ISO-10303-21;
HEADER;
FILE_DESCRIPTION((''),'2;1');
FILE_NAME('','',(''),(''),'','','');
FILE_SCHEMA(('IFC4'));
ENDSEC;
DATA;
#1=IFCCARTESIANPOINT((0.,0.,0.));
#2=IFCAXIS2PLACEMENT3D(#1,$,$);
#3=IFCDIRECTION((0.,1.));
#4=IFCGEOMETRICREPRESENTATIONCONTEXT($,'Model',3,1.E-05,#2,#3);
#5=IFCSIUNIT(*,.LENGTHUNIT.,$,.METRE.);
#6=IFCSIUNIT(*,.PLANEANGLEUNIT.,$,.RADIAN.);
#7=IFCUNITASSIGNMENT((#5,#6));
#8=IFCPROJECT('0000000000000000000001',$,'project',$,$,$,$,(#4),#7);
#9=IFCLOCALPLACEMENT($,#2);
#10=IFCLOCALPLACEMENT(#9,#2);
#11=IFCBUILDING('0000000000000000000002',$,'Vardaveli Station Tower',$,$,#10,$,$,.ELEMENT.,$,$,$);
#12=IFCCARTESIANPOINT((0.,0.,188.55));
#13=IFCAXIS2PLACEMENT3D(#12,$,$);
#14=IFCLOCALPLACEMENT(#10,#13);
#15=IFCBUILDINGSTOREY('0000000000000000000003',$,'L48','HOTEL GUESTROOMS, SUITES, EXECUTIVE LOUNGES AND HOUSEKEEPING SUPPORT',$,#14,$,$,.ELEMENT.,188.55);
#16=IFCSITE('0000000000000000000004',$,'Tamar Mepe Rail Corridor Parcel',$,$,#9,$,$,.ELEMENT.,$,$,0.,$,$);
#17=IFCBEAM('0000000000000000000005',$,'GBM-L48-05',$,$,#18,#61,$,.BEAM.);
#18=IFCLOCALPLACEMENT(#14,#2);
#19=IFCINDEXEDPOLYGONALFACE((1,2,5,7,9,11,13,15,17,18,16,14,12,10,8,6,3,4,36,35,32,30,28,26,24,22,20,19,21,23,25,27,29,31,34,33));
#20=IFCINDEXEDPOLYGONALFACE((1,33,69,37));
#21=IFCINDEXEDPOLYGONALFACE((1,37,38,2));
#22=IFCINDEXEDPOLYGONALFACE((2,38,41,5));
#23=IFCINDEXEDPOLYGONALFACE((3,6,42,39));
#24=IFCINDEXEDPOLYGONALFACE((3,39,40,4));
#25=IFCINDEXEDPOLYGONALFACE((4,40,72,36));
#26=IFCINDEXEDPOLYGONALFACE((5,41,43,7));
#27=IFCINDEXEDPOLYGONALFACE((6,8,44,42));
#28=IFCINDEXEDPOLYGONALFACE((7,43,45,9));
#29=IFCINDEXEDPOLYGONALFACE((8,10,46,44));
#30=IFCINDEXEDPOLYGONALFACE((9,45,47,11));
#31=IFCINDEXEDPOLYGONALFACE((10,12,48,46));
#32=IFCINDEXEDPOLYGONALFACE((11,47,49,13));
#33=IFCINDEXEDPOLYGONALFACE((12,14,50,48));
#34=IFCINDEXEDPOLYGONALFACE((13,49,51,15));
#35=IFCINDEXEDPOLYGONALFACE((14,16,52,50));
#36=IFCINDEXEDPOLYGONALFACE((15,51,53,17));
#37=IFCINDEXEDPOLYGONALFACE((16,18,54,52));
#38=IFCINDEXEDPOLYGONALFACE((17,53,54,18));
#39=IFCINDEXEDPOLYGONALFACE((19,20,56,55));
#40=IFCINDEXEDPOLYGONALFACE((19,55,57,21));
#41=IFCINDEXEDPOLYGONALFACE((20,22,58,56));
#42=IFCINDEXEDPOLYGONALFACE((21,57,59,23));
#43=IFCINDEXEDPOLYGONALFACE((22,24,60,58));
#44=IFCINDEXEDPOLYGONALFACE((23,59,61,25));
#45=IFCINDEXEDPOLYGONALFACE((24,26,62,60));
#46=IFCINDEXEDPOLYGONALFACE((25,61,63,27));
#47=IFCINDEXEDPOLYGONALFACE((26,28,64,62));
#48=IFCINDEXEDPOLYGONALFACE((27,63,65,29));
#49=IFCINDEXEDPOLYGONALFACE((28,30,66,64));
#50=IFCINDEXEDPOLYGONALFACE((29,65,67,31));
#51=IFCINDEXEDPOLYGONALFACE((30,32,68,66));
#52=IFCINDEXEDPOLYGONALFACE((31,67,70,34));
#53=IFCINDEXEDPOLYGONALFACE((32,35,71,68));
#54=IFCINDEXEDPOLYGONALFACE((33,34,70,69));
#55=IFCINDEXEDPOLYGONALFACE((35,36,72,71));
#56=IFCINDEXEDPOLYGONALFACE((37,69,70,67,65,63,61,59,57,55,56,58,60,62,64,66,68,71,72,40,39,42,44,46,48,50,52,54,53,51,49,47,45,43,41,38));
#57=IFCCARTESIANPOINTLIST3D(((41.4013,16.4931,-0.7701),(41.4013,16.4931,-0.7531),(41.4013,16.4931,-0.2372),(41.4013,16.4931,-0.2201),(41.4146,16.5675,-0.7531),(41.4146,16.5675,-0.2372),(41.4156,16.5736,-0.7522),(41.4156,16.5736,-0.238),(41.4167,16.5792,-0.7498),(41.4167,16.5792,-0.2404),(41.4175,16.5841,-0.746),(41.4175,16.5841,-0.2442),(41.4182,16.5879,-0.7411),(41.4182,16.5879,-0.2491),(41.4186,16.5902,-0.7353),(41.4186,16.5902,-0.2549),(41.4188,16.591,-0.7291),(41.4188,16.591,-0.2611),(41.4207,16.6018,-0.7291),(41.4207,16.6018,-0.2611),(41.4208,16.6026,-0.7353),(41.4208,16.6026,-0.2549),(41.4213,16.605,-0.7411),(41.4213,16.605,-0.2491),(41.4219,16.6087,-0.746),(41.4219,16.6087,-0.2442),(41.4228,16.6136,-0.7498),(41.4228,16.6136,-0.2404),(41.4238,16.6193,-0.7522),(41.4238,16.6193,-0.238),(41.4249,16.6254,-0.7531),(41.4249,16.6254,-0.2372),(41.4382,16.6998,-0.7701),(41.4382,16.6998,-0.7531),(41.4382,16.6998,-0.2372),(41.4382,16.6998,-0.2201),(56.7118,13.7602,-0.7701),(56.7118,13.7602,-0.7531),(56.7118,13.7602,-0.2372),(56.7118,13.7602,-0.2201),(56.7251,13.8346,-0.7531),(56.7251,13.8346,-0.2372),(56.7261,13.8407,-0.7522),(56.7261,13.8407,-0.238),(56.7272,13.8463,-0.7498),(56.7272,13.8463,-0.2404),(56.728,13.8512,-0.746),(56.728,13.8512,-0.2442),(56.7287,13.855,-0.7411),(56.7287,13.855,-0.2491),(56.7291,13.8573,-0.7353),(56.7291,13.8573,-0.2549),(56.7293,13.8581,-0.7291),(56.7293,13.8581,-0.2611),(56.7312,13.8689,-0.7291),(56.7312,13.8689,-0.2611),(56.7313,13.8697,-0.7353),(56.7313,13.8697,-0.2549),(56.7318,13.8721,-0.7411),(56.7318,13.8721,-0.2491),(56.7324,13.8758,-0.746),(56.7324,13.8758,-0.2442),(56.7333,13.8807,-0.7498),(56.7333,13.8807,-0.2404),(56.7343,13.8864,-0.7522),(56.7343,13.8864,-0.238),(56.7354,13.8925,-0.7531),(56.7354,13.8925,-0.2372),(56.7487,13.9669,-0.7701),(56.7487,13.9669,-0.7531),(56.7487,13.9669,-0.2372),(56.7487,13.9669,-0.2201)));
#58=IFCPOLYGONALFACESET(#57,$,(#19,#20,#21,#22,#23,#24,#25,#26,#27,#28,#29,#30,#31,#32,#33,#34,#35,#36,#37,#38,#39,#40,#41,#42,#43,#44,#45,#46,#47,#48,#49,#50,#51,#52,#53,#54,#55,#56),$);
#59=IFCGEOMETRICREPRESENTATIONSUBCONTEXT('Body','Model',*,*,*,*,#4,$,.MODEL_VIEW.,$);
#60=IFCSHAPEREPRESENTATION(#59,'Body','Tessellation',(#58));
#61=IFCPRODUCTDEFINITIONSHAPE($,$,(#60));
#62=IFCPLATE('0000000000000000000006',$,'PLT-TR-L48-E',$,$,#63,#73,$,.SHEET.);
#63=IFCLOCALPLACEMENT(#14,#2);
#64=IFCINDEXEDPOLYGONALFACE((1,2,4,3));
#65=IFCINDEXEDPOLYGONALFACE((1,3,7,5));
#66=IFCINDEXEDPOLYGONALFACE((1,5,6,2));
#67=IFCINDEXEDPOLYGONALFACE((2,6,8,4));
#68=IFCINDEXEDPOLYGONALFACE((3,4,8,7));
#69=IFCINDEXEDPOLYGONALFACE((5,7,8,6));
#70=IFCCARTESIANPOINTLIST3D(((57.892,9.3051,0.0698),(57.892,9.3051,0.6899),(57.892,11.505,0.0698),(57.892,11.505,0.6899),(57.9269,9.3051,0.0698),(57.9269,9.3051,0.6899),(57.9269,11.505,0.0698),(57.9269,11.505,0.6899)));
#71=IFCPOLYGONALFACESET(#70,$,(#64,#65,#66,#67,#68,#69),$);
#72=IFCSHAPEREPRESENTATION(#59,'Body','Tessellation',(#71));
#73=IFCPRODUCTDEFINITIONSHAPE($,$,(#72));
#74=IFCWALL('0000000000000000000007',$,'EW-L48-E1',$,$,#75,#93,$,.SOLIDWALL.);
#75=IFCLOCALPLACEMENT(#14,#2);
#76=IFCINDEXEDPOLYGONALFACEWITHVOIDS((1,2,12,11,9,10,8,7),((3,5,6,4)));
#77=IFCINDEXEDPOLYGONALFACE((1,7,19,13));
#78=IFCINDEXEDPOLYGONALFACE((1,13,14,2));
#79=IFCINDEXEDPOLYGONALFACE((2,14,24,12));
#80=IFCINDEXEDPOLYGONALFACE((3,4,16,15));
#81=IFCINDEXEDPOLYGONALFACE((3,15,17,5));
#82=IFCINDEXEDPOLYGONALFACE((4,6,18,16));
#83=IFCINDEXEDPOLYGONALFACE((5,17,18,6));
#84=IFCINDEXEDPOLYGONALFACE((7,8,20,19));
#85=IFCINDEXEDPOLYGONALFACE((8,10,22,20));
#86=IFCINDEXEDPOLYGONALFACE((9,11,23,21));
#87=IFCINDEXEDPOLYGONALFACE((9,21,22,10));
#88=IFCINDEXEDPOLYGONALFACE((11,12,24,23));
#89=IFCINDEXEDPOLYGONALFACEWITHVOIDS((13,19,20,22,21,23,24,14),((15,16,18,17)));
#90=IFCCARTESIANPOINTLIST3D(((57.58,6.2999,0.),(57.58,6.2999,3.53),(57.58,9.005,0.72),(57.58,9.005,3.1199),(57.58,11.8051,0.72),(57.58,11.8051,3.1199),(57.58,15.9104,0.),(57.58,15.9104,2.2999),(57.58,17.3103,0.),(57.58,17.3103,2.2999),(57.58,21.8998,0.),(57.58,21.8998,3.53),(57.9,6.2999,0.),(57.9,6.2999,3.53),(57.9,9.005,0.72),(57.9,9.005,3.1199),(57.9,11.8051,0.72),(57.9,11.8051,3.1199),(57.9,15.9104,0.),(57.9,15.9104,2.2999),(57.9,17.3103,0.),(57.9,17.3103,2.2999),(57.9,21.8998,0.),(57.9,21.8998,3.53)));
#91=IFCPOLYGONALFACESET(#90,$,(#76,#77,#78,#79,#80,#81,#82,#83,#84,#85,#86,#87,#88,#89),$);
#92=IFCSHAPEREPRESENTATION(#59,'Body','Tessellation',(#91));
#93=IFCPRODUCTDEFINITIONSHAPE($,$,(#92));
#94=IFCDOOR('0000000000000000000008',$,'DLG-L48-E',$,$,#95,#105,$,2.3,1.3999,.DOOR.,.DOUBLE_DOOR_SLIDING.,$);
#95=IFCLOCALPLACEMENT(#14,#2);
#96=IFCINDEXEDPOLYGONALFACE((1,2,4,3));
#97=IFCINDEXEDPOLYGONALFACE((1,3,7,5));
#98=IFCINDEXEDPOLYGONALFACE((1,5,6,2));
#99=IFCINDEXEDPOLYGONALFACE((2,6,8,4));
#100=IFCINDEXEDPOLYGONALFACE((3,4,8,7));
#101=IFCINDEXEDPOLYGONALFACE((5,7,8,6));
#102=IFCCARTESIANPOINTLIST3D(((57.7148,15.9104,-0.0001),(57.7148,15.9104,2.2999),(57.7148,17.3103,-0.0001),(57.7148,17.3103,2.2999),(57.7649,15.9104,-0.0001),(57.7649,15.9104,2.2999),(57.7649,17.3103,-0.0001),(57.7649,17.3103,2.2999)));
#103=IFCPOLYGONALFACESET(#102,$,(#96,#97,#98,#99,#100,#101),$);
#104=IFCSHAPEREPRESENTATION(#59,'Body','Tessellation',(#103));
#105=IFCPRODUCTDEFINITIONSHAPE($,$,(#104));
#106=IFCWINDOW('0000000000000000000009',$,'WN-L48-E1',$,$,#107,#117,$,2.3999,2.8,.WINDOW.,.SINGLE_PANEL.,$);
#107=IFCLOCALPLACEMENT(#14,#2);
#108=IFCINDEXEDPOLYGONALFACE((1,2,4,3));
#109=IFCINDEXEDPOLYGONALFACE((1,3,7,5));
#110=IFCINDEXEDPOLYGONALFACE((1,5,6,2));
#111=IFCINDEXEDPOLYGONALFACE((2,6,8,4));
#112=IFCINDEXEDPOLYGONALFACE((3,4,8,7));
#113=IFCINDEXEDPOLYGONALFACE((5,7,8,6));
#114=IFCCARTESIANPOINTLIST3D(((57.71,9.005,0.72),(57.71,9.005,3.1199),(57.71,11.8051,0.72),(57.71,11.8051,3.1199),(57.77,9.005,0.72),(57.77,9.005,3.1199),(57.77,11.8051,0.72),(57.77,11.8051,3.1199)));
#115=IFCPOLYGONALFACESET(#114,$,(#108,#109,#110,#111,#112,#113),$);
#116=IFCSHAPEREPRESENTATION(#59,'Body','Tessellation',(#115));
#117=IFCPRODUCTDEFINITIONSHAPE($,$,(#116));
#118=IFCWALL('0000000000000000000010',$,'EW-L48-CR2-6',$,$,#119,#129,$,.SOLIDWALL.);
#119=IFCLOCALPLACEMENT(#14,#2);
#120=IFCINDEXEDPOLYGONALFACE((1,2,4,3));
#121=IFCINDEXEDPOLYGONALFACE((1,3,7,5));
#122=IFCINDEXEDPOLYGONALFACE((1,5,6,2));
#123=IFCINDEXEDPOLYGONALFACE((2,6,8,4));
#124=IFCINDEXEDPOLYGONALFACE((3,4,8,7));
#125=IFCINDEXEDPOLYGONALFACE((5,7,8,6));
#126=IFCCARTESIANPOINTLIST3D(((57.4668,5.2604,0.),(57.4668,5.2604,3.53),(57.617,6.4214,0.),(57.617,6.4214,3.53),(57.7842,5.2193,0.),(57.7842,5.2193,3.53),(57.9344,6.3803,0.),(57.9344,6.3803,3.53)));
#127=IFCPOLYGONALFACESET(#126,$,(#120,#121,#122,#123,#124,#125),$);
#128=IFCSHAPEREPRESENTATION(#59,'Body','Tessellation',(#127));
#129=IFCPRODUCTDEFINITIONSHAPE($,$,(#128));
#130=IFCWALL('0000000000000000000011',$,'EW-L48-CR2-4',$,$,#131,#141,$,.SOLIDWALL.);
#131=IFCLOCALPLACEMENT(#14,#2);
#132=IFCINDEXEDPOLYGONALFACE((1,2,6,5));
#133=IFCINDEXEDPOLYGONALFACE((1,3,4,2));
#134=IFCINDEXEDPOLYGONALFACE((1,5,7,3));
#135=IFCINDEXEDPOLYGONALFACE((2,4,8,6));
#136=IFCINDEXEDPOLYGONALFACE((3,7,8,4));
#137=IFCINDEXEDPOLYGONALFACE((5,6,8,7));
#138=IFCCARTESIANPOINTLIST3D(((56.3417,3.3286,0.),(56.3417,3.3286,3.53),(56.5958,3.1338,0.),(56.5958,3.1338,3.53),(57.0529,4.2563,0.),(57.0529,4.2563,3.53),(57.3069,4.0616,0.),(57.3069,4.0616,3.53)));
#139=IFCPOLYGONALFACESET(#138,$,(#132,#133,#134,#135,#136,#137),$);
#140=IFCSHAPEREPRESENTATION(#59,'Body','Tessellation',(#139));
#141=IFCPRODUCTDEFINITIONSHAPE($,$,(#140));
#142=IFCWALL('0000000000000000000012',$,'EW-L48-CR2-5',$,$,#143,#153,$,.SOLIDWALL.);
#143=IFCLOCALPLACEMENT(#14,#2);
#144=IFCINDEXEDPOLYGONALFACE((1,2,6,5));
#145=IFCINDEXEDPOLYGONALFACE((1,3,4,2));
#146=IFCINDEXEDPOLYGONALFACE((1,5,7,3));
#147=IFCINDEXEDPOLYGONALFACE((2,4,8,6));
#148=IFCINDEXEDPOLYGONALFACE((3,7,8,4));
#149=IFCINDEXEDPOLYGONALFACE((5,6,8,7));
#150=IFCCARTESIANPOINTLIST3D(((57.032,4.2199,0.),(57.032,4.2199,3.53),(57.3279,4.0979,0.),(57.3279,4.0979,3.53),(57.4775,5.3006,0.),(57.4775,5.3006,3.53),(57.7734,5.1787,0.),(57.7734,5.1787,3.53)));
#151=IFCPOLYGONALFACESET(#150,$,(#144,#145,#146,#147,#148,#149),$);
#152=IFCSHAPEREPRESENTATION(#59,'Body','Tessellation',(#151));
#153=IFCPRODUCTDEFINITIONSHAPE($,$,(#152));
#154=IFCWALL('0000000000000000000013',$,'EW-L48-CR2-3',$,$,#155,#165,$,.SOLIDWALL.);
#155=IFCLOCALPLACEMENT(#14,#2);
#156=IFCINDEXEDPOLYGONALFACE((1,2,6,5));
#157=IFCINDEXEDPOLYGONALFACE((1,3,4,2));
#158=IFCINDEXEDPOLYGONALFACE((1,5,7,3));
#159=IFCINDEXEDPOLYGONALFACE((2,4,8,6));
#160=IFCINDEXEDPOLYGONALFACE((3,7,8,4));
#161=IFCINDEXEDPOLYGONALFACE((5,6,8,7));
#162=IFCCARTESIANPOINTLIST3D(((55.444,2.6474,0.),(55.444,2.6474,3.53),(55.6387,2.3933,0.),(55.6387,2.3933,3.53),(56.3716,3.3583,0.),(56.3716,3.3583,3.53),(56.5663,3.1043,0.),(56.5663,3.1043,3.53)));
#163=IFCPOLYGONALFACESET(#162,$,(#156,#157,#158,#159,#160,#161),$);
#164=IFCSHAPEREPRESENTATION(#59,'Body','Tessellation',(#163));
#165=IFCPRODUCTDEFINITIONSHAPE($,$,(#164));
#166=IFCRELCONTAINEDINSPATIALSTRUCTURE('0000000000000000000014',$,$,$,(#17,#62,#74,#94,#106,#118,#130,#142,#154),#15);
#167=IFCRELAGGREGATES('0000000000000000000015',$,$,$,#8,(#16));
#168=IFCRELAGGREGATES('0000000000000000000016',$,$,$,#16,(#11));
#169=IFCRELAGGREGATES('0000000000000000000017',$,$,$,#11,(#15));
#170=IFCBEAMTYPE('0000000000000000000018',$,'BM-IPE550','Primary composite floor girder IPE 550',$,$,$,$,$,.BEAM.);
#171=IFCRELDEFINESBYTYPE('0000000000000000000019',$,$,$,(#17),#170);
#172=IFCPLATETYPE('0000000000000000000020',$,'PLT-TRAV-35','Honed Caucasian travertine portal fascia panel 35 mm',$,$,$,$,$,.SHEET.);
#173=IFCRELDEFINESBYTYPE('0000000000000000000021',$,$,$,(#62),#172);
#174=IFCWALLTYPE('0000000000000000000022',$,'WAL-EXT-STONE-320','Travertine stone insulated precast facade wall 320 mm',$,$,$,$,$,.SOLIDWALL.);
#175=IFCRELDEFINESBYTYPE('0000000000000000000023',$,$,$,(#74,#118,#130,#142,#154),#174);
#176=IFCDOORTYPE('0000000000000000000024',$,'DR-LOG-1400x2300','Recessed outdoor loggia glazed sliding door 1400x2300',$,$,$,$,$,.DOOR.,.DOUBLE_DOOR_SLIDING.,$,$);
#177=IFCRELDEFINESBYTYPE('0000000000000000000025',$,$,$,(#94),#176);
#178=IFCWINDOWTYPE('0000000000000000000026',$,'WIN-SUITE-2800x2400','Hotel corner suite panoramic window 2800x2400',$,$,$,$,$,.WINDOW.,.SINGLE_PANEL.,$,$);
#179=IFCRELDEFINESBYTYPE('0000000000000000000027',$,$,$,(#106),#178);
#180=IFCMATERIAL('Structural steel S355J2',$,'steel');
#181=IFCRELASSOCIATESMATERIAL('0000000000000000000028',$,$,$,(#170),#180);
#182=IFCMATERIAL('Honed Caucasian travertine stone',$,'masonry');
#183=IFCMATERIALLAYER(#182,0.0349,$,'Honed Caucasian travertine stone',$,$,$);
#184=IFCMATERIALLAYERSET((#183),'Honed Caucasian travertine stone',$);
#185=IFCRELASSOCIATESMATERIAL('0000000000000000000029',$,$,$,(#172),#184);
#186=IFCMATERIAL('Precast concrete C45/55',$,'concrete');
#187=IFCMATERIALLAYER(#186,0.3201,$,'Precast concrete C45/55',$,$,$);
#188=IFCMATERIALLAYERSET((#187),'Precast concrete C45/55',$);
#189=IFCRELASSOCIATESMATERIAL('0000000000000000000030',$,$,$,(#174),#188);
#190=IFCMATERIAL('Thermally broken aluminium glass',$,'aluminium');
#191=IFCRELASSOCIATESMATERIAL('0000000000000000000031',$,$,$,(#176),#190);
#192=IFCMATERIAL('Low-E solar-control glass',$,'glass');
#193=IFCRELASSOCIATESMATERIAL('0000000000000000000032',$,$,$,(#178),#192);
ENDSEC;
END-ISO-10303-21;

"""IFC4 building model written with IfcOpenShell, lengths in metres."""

from ifc_helpers import new_model, si_unit, direction, frame, frame_2d, origin, origin_2d, place, context, subcontext, project, spatial, rectangle, i_section, extrude, source, transform, mapped, material, layer, layer_set, material_profile, profile_set, type_object, element, fill, save


model = new_model("IFC4")

# Units and contexts
model_context = context("Model", 3, precision=1e-05, world=origin(), true_north=direction((0.0, 1.0)))
body_context = subcontext(model_context, "Body", "Model", "MODEL_VIEW")
ifc_project = project(units=[si_unit("LENGTHUNIT", "METRE"), si_unit("PLANEANGLEUNIT", "RADIAN")], contexts=[model_context])

# Site, building, storey
site_placement = place(None, origin())
site = spatial("IfcSite", under=ifc_project, at=site_placement, Name="Tamar Mepe Rail Corridor Parcel", CompositionType="ELEMENT", RefElevation=0.0)
building_placement = place(site_placement, origin())
building = spatial("IfcBuilding", under=site, at=building_placement, Name="Vardaveli Station Tower", CompositionType="ELEMENT")
storey_placement = place(building_placement, frame((0.0, 0.0, 188.55)))
storey = spatial("IfcBuildingStorey", under=building, at=storey_placement, Name="L48", Description="HOTEL GUESTROOMS, SUITES, EXECUTIVE LOUNGES AND HOUSEKEEPING SUPPORT", CompositionType="ELEMENT", Elevation=188.55)

# Beam
ifc_material_1 = material(Name="Precast concrete C45/55", Category="concrete")
ifc_material_2 = material(Name="Structural steel S355J2", Category="steel")
ifc_material_profile_1 = material_profile(ifc_material_2, i_section(OverallWidth=0.21, OverallDepth=0.55, WebThickness=0.011, FlangeThickness=0.0171, FilletRadius=0.0239, at=origin_2d()), Name="IPE 550")
ifc_profile_set_1 = profile_set([ifc_material_profile_1], Name="Structural steel S355J2")
beam_type_1 = type_object("IfcBeamType", Name="BM-IPE550", Description="Primary composite floor girder IPE 550", PredefinedType="BEAM", material=ifc_profile_set_1)
shared_shape_1 = source(origin(), body_context, "Body", "SweptSolid", [
    extrude(i_section(OverallWidth=0.21, OverallDepth=0.55, WebThickness=0.011, FlangeThickness=0.0171, FilletRadius=0.0239, at=origin_2d()), origin(), (0.0, 0.0, 1.0), 15.5525),
])
beam_1_placement = place(storey_placement, frame((56.7302, 13.8635, -0.4951), z_axis=(-0.98444, 0.175721, 0.0), x_axis=(-0.175721, -0.98444, 0.0)))
element("IfcBeam", 1, at=beam_1_placement, inside=storey, type_object=beam_type_1, Name="GBM-L48-05", PredefinedType="BEAM", context=body_context, shape_type="MappedRepresentation", body=[
    mapped(shared_shape_1, transform((0.0, 0.0, 0.0), scale=1.0)),
])

# Plate
ifc_material_3 = material(Name="Honed Caucasian travertine stone", Category="masonry")
ifc_layer_1 = layer(ifc_material_3, 0.0349, Name="Honed Caucasian travertine stone")
ifc_layer_set_1 = layer_set([ifc_layer_1], Name="Honed Caucasian travertine stone")
plate_type = type_object("IfcPlateType", Name="PLT-TRAV-35", Description="Honed Caucasian travertine portal fascia panel 35 mm", PredefinedType="SHEET", material=ifc_layer_set_1)
shared_shape_2 = source(origin(), body_context, "Body", "SweptSolid", [
    extrude(rectangle(XDim=2.2, YDim=0.0349, at=origin_2d()), origin(), (0.0, 0.0, 1.0), 0.6201),
])
plate_placement = place(storey_placement, frame((57.9094, 10.405, 0.0698), z_axis=(0.0, 0.0, 1.0), x_axis=(0.0, 1.0, 0.0)))
element("IfcPlate", 2, at=plate_placement, inside=storey, type_object=plate_type, Name="PLT-TR-L48-E", PredefinedType="SHEET", context=body_context, shape_type="MappedRepresentation", body=[
    mapped(shared_shape_2, transform((0.0, 0.0, 0.0), scale=1.0)),
])

# Wall, openings, door, window
ifc_layer_2 = layer(ifc_material_1, 0.3201, Name="Precast concrete C45/55")
ifc_layer_set_2 = layer_set([ifc_layer_2], Name="Precast concrete C45/55")
wall_type_1 = type_object("IfcWallType", Name="WAL-EXT-STONE-320", Description="Travertine stone insulated precast facade wall 320 mm", PredefinedType="SOLIDWALL", material=ifc_layer_set_2)
shared_shape_3 = source(origin(), body_context, "Body", "SweptSolid", [
    extrude(rectangle(XDim=15.5999, YDim=0.3201, at=frame_2d((7.7998, 0.0))), origin(), (0.0, 0.0, 1.0), 3.53),
])
wall_1_placement = place(storey_placement, frame((57.74, 6.3, 0.0), z_axis=(0.0, 0.0, 1.0), x_axis=(0.0, 1.0, 0.0)))
wall_1 = element("IfcWall", 3, at=wall_1_placement, inside=storey, type_object=wall_type_1, Name="EW-L48-E1", PredefinedType="SOLIDWALL", context=body_context, shape_type="MappedRepresentation", body=[
    mapped(shared_shape_3, transform((0.0, 0.0, 0.0), scale=1.0)),
])
shared_shape_4 = source(origin(), body_context, "Body", "SweptSolid", [
    extrude(rectangle(XDim=1.3999, YDim=2.3, at=frame_2d((0.7, 1.1499))), frame((0.0, 0.1699, 0.0), z_axis=(0.0, -1.0, 0.0), x_axis=(1.0, 0.0, 0.0)), (0.0, 0.0, 1.0), 0.3401),
])
opening_1_placement = place(wall_1_placement, frame((9.6104, 0.0, 0.0)))
opening_1 = element("IfcOpeningElement", 4, at=opening_1_placement, cuts=wall_1, PredefinedType="OPENING", context=body_context, shape_type="MappedRepresentation", body=[
    mapped(shared_shape_4, transform((0.0, 0.0, 0.0), scale=1.0)),
])
shared_shape_5 = source(origin(), body_context, "Body", "SweptSolid", [
    extrude(rectangle(XDim=2.8, YDim=2.3999, at=frame_2d((1.3999, 1.2))), frame((0.0, 0.1699, 0.0), z_axis=(0.0, -1.0, 0.0), x_axis=(1.0, 0.0, 0.0)), (0.0, 0.0, 1.0), 0.3401),
])
opening_2_placement = place(wall_1_placement, frame((2.7051, 0.0, 0.72)))
opening_2 = element("IfcOpeningElement", 5, at=opening_2_placement, cuts=wall_1, PredefinedType="OPENING", context=body_context, shape_type="MappedRepresentation", body=[
    mapped(shared_shape_5, transform((0.0, 0.0, 0.0), scale=1.0)),
])
ifc_material_4 = material(Name="Thermally broken aluminium glass", Category="aluminium")
door_type_1 = type_object("IfcDoorType", Name="DR-LOG-1400x2300", Description="Recessed outdoor loggia glazed sliding door 1400x2300", OperationType="DOUBLE_DOOR_SLIDING", PredefinedType="DOOR", material=ifc_material_4)
shared_shape_6 = source(origin(), body_context, "Body", "SweptSolid", [
    extrude(rectangle(XDim=1.3999, YDim=2.3, at=frame_2d((0.7, 1.1499))), frame((0.0, 0.0249, 0.0), z_axis=(0.0, -1.0, 0.0), x_axis=(1.0, 0.0, 0.0)), (0.0, 0.0, 1.0), 0.05),
])
door_1_placement = place(opening_1_placement, frame((1.3999, 0.0, 0.0), z_axis=(0.0, 0.0, 1.0), x_axis=(-1.0, 0.0, 0.0)))
door_1 = element("IfcDoor", 6, at=door_1_placement, inside=storey, type_object=door_type_1, Name="DLG-L48-E", OperationType="DOUBLE_DOOR_SLIDING", OverallHeight=2.3, OverallWidth=1.3999, PredefinedType="DOOR", context=body_context, shape_type="MappedRepresentation", body=[
    mapped(shared_shape_6, transform((0.0, 0.0, 0.0), scale=1.0)),
])
fill(opening_1, door_1)
ifc_material_5 = material(Name="Low-E solar-control glass", Category="glass")
window_type = type_object("IfcWindowType", Name="WIN-SUITE-2800x2400", Description="Hotel corner suite panoramic window 2800x2400", PartitioningType="SINGLE_PANEL", PredefinedType="WINDOW", material=ifc_material_5)
shared_shape_7 = source(origin(), body_context, "Body", "SweptSolid", [
    extrude(rectangle(XDim=2.8, YDim=2.3999, at=frame_2d((1.3999, 1.2))), frame((0.0, 0.03, 0.0), z_axis=(0.0, -1.0, 0.0), x_axis=(1.0, 0.0, 0.0)), (0.0, 0.0, 1.0), 0.0601),
])
window_placement = place(opening_2_placement, origin())
window = element("IfcWindow", 7, at=window_placement, inside=storey, type_object=window_type, Name="WN-L48-E1", OverallHeight=2.3999, OverallWidth=2.8, PartitioningType="SINGLE_PANEL", PredefinedType="WINDOW", context=body_context, shape_type="MappedRepresentation", body=[
    mapped(shared_shape_7, transform((0.0, 0.0, 0.0), scale=1.0)),
])
fill(opening_2, window)

# Walls
shared_shape_8 = source(origin(), body_context, "Body", "SweptSolid", [
    extrude(rectangle(XDim=1.1707, YDim=0.3201, at=frame_2d((0.5854, 0.0))), origin(), (0.0, 0.0, 1.0), 3.53),
])
wall_2_placement = place(storey_placement, frame((57.6255, 5.2397, 0.0), z_axis=(0.0, 0.0, 1.0), x_axis=(0.128269, 0.991739, 0.0)))
element("IfcWall", 8, at=wall_2_placement, inside=storey, type_object=wall_type_1, Name="EW-L48-CR2-6", PredefinedType="SOLIDWALL", context=body_context, shape_type="MappedRepresentation", body=[
    mapped(shared_shape_8, transform((0.0, 0.0, 0.0), scale=1.0)),
])
shared_shape_9 = source(origin(), body_context, "Body", "SweptSolid", [
    extrude(rectangle(XDim=1.1689, YDim=0.3201, at=frame_2d((0.5845, 0.0))), origin(), (0.0, 0.0, 1.0), 3.53),
])
for number, where, z_axis, x_axis, name in (
    (9, (56.4688, 3.2312, 0.0), (0.0, 0.0, 1.0), (0.608388, 0.79364, 0.0), "EW-L48-CR2-4"),
    (10, (57.1799, 4.1589, 0.0), (0.0, 0.0, 1.0), (0.381128, 0.924522, 0.0), "EW-L48-CR2-5"),
):
    element("IfcWall", number, at=place(storey_placement, frame(where, z_axis=z_axis, x_axis=x_axis)), inside=storey, type_object=wall_type_1, Name=name, PredefinedType="SOLIDWALL", context=body_context, shape_type="MappedRepresentation", body=[
        mapped(shared_shape_9, transform((0.0, 0.0, 0.0), scale=1.0)),
    ])
shared_shape_10 = source(origin(), body_context, "Body", "SweptSolid", [
    extrude(rectangle(XDim=1.1687, YDim=0.3201, at=frame_2d((0.5845, 0.0))), origin(), (0.0, 0.0, 1.0), 3.53),
])
wall_3_placement = place(storey_placement, frame((55.5413, 2.5203, 0.0), z_axis=(0.0, 0.0, 1.0), x_axis=(0.793664, 0.608357, 0.0)))
element("IfcWall", 11, at=wall_3_placement, inside=storey, type_object=wall_type_1, Name="EW-L48-CR2-3", PredefinedType="SOLIDWALL", context=body_context, shape_type="MappedRepresentation", body=[
    mapped(shared_shape_10, transform((0.0, 0.0, 0.0), scale=1.0)),
])

save(model, "model.ifc")
